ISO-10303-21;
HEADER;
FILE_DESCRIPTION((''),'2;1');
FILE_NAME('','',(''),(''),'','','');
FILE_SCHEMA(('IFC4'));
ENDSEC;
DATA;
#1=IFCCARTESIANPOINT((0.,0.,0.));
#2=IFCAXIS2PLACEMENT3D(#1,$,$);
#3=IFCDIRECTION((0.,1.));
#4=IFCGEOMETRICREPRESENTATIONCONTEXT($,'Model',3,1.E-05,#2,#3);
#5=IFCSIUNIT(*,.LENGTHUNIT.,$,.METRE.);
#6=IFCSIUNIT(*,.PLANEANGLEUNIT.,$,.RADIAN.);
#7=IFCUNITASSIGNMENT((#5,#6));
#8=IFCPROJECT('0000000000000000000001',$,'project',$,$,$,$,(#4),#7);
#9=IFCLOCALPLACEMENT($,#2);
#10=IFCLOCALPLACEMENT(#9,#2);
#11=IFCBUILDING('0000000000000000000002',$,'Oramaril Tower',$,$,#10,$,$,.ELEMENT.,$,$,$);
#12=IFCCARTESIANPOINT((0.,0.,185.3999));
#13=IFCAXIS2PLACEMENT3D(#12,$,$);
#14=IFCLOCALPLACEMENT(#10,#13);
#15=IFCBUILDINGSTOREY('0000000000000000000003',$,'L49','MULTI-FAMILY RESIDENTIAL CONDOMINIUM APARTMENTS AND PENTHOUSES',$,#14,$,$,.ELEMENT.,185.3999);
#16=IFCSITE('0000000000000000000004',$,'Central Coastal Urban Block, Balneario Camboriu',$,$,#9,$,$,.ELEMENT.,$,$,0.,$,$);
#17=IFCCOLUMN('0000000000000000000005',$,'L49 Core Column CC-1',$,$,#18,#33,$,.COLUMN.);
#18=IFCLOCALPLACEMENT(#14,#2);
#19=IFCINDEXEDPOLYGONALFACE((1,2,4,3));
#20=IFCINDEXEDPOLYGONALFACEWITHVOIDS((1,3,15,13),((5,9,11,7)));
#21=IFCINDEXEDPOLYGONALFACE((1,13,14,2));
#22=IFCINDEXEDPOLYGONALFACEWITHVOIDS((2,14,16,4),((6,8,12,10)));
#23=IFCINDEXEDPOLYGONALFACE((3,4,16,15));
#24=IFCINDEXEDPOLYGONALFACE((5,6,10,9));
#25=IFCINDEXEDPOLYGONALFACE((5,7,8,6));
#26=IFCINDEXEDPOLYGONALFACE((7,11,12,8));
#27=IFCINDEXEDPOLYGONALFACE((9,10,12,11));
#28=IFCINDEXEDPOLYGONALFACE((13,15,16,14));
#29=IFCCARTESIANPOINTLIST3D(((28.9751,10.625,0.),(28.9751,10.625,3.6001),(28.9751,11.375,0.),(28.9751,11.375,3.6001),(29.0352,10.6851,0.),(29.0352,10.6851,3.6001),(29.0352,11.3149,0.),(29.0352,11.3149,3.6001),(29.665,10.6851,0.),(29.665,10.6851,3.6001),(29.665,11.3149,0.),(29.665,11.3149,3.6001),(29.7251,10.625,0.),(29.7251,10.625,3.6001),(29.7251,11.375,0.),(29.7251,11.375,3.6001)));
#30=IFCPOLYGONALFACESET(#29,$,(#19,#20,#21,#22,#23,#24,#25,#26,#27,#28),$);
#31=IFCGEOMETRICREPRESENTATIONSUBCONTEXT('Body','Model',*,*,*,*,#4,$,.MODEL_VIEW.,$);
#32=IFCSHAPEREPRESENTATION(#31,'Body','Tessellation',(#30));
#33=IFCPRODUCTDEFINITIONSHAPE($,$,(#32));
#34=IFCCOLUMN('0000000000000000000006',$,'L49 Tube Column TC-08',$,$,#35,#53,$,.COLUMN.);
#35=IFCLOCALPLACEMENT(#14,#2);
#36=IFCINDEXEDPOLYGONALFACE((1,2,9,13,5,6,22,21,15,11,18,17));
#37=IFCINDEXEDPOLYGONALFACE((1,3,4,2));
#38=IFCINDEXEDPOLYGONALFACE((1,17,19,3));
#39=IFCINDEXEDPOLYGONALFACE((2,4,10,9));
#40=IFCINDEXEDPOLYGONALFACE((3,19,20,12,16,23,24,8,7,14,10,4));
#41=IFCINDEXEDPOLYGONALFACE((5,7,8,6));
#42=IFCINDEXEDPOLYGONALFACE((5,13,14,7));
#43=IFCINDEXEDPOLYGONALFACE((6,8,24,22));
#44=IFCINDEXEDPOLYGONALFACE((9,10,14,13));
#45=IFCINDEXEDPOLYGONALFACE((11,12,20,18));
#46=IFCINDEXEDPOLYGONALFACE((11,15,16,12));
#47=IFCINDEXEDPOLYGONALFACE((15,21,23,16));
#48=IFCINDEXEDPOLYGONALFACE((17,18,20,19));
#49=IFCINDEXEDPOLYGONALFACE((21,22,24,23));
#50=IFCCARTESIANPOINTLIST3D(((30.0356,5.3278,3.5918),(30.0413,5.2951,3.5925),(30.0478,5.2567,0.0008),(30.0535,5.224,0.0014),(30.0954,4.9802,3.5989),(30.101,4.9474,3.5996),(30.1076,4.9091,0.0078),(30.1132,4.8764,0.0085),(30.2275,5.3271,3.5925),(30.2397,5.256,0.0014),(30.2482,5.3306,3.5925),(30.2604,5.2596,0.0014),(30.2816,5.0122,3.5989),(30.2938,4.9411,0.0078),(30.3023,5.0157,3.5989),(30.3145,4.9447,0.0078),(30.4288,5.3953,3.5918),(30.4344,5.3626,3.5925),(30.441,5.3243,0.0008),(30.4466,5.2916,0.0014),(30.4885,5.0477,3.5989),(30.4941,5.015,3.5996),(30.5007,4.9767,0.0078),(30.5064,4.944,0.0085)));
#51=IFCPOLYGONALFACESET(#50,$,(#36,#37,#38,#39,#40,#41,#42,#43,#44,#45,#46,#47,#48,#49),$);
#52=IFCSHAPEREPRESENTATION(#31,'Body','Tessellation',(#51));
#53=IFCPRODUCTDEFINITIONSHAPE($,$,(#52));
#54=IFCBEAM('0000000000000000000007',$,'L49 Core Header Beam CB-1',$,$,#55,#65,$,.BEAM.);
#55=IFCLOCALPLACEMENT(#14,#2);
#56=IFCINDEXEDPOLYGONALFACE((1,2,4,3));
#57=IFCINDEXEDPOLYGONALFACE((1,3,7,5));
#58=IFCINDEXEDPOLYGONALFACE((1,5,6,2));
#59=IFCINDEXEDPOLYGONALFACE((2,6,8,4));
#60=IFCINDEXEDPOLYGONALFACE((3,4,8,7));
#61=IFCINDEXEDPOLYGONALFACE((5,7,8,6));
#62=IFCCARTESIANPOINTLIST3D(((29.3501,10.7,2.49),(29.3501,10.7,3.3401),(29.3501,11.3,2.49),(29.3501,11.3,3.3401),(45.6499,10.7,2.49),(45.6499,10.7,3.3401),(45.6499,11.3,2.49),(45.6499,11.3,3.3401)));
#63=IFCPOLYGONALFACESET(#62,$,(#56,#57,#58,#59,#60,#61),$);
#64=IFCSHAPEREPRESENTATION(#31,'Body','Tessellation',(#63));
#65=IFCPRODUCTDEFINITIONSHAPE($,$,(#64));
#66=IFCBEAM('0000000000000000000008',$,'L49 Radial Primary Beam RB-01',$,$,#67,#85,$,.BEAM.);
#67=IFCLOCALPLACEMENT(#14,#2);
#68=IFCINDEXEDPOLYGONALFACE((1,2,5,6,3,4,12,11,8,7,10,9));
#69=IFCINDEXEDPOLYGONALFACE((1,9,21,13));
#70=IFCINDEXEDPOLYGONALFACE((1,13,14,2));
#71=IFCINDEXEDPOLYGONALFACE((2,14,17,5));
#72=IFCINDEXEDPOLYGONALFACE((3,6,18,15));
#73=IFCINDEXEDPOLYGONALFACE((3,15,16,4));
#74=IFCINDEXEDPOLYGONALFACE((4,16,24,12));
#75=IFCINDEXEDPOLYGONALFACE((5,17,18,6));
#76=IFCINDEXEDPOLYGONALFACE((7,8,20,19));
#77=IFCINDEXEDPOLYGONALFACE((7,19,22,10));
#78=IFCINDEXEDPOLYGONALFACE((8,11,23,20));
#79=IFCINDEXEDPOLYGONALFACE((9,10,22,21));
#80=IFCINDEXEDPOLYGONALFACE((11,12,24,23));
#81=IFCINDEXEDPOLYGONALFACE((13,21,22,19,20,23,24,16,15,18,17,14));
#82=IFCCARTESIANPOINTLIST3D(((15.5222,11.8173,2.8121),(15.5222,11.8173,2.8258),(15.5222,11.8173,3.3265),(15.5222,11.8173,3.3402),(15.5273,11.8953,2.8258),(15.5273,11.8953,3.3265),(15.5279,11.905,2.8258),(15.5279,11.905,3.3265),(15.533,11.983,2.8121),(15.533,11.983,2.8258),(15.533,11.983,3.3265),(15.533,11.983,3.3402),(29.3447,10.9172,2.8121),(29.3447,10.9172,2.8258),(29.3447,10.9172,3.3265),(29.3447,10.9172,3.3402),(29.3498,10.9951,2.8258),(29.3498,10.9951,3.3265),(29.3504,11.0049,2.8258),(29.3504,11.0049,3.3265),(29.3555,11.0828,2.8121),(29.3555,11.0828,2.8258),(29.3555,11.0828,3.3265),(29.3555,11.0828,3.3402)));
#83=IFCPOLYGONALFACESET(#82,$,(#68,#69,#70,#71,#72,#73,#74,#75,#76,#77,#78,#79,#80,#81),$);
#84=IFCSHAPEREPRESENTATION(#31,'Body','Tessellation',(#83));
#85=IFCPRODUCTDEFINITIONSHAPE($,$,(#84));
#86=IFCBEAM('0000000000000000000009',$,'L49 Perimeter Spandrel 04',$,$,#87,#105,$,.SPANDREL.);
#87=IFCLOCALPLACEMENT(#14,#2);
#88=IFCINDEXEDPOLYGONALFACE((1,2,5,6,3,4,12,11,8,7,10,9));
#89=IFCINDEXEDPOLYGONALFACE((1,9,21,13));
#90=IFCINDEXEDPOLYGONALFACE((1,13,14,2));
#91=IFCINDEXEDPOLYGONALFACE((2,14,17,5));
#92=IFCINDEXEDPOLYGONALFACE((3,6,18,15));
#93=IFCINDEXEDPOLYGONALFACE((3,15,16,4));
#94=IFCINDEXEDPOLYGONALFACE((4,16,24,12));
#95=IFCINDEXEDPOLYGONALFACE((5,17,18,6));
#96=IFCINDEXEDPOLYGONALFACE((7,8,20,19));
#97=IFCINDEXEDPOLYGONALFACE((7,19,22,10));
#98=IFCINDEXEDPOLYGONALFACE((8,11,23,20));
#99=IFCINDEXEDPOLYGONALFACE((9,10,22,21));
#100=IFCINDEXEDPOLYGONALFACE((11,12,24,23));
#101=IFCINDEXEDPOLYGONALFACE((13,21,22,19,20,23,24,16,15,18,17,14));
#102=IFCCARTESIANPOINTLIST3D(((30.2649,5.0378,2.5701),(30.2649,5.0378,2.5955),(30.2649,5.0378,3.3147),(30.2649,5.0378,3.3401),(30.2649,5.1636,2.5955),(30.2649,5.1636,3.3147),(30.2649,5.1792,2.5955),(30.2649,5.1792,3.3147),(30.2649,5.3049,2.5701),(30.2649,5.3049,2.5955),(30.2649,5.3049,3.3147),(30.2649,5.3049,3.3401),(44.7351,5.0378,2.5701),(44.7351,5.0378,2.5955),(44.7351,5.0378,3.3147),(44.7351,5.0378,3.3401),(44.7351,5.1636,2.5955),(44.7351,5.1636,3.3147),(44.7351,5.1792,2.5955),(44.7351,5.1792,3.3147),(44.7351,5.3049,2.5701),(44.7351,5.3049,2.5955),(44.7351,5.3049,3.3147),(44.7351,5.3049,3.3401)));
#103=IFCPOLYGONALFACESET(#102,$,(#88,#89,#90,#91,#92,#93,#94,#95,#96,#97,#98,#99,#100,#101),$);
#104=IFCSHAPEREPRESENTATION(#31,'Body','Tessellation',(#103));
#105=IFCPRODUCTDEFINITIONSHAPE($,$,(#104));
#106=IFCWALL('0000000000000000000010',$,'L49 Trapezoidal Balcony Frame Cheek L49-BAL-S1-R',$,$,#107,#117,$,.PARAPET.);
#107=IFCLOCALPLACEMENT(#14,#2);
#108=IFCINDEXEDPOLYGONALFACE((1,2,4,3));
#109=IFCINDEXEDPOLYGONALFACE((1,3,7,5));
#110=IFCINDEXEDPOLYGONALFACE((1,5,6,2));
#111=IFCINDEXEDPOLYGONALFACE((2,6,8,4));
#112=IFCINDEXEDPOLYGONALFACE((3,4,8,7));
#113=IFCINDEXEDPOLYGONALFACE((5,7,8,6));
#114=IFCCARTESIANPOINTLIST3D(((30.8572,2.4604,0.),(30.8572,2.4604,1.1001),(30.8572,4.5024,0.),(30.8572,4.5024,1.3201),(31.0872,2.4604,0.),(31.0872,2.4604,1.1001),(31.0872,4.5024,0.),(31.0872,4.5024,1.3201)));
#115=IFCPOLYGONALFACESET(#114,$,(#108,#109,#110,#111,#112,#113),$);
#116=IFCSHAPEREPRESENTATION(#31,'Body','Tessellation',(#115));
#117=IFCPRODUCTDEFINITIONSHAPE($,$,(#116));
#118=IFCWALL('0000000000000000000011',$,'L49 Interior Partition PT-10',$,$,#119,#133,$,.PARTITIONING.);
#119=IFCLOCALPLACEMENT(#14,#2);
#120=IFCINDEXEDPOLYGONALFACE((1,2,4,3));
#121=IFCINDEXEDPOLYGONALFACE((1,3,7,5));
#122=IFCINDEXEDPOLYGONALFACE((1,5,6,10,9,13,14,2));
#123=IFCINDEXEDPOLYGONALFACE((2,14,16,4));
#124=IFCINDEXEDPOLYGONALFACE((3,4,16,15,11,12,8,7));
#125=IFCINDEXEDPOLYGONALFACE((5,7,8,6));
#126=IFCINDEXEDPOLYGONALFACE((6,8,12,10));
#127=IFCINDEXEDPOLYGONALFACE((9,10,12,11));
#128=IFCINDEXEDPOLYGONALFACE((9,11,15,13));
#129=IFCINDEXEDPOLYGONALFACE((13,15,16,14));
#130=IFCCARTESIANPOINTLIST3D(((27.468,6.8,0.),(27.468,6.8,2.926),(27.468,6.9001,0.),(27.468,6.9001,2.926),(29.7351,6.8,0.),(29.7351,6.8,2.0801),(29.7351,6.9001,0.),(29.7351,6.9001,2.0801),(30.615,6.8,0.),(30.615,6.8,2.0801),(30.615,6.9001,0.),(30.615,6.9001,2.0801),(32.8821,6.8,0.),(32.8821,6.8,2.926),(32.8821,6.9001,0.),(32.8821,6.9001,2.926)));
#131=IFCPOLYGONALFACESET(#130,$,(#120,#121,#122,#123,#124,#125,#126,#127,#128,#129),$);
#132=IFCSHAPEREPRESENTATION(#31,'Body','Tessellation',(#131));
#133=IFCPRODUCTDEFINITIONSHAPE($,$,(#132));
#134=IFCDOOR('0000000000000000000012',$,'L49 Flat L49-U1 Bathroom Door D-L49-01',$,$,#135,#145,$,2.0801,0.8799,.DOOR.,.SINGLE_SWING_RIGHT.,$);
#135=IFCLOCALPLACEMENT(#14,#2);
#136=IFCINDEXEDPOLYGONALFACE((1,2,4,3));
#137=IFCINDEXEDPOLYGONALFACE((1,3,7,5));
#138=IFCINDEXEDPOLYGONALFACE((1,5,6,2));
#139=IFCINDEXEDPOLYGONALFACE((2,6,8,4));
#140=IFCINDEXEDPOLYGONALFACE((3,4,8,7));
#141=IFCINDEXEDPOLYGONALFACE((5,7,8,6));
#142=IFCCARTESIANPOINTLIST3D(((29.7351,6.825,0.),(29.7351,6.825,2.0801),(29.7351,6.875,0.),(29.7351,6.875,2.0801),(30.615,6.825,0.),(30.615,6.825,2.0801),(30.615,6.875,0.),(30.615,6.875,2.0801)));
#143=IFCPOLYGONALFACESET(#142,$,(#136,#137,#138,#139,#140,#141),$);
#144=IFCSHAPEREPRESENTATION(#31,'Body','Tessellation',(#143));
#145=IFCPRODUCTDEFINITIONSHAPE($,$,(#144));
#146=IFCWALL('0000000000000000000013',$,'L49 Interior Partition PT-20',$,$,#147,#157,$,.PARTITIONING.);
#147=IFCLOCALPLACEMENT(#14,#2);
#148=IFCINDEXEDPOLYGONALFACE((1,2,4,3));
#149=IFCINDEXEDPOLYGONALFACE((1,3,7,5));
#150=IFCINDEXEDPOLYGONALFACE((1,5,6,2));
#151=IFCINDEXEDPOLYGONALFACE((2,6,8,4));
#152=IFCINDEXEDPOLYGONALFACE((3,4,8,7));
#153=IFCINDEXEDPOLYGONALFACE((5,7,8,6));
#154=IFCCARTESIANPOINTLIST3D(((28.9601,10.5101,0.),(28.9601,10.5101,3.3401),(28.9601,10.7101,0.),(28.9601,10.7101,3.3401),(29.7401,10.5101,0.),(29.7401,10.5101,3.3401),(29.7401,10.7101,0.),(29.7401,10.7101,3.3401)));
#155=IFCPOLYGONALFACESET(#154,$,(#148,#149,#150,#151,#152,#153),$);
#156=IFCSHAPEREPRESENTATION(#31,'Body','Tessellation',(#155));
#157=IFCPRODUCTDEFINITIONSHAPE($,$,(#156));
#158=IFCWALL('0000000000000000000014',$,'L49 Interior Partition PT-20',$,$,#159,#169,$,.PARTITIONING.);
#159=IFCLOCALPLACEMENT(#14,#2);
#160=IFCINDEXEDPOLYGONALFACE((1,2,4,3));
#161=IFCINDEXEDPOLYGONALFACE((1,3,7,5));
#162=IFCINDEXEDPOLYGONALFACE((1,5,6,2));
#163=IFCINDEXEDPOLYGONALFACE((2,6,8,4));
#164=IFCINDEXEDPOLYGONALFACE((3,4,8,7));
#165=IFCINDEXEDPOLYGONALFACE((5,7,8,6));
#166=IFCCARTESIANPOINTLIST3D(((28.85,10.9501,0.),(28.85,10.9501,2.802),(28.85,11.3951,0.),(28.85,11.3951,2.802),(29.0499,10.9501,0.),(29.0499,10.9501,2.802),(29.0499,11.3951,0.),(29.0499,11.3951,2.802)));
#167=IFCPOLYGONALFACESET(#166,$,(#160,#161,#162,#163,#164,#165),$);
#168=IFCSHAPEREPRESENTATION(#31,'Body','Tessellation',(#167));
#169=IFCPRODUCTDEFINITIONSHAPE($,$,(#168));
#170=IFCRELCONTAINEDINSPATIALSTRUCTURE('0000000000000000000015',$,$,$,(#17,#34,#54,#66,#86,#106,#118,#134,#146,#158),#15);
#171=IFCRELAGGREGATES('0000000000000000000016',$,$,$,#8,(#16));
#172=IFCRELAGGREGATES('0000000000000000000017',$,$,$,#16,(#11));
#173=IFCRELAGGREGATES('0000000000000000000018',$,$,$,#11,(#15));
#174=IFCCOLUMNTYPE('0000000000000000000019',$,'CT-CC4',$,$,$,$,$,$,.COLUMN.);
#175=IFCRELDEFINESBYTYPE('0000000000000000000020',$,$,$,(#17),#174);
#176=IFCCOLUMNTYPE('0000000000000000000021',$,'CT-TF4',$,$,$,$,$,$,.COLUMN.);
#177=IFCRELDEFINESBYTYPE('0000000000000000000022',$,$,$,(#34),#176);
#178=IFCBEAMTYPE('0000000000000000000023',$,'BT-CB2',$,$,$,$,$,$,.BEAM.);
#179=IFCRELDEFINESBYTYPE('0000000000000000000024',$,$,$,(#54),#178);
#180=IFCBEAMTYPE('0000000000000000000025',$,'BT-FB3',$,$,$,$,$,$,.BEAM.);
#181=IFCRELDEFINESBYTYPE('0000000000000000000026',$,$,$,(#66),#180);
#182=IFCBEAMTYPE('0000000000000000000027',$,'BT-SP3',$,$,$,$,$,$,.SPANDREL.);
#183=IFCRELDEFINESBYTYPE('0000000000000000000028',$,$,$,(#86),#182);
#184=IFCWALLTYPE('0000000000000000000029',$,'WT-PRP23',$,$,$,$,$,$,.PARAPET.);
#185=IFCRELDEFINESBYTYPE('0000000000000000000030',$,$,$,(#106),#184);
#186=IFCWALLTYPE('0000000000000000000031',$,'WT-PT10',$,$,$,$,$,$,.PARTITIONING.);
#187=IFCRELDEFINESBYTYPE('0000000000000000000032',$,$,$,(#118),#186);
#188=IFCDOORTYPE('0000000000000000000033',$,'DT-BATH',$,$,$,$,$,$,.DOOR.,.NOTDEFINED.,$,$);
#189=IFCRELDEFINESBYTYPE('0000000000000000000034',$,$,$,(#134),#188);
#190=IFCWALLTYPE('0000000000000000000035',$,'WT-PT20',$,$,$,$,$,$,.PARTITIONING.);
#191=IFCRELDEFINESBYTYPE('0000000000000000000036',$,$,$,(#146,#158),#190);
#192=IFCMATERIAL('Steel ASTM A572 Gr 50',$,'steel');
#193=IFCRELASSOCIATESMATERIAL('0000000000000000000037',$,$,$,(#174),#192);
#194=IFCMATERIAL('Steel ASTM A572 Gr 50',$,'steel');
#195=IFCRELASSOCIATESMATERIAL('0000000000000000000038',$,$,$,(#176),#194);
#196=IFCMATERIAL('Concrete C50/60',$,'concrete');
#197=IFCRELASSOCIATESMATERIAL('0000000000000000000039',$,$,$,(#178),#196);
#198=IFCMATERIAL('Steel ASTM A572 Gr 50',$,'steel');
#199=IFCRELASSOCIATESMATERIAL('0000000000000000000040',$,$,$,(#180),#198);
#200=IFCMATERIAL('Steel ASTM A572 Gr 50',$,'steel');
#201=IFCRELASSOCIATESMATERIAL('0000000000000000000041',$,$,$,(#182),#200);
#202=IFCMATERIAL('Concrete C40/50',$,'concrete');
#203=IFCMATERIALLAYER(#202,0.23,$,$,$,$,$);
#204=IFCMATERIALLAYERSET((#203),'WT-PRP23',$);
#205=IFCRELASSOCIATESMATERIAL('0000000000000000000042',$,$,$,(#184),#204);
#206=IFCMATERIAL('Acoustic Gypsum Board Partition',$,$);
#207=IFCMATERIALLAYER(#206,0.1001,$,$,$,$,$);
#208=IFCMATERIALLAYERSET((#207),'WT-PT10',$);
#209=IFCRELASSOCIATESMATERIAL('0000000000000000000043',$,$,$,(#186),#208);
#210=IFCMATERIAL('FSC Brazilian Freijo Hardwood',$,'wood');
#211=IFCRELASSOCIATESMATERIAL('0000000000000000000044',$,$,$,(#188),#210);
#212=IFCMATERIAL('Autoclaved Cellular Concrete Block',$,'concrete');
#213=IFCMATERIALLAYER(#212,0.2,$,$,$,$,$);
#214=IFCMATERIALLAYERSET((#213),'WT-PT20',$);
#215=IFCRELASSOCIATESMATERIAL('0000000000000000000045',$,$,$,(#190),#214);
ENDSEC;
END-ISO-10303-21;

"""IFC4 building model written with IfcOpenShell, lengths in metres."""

from ifc_helpers import new_model, si_unit, direction, frame, frame_2d, origin, origin_2d, place, context, subcontext, project, spatial, polyline, rectangle, hollow_rectangle, i_section, outline, extrude, material, layer, layer_set, material_profile, profile_set, type_object, element, fill, save


model = new_model("IFC4")

# Units and contexts
model_context = context("Model", 3, precision=1e-05, world=origin(), true_north=direction((0.0, 1.0)))
body_context = subcontext(model_context, "Body", "Model", "MODEL_VIEW")
ifc_project = project(units=[si_unit("LENGTHUNIT", "METRE"), si_unit("PLANEANGLEUNIT", "RADIAN")], contexts=[model_context])

# Site, building, storey
site_placement = place(None, origin())
site = spatial("IfcSite", under=ifc_project, at=site_placement, Name="Central Coastal Urban Block, Balneario Camboriu", CompositionType="ELEMENT", RefElevation=0.0)
building_placement = place(site_placement, origin())
building = spatial("IfcBuilding", under=site, at=building_placement, Name="Oramaril Tower", CompositionType="ELEMENT")
storey_placement = place(building_placement, frame((0.0, 0.0, 185.3999)))
storey = spatial("IfcBuildingStorey", under=building, at=storey_placement, Name="L49", Description="MULTI-FAMILY RESIDENTIAL CONDOMINIUM APARTMENTS AND PENTHOUSES", CompositionType="ELEMENT", Elevation=185.3999)

# Columns
ifc_material_1 = material(Name="Steel ASTM A572 Gr 50", Category="steel")
ifc_material_profile_1 = material_profile(ifc_material_1, hollow_rectangle(XDim=0.75, YDim=0.75, WallThickness=0.0601, at=origin_2d()), Name="BOX750X750X60")
ifc_profile_set_1 = profile_set([ifc_material_profile_1], Name="Steel ASTM A572 Gr 50")
column_type_1 = type_object("IfcColumnType", Name="CT-CC4", PredefinedType="COLUMN", material=ifc_profile_set_1)
column_1_placement = place(storey_placement, frame((29.3501, 11.0, 0.0), z_axis=(0.0, 0.0, 1.0), x_axis=(1.0, 0.0, 0.0)))
element("IfcColumn", 1, at=column_1_placement, inside=storey, type_object=column_type_1, Name="L49 Core Column CC-1", PredefinedType="COLUMN", context=body_context, shape_type="SweptSolid", body=[
    extrude(hollow_rectangle(XDim=0.75, YDim=0.75, WallThickness=0.0601, at=origin_2d()), origin(), (0.0, 0.0, 1.0), 3.6001),
])
ifc_material_2 = material(Name="Steel ASTM A572 Gr 50", Category="steel")
ifc_material_profile_2 = material_profile(ifc_material_2, i_section(OverallWidth=0.3989, OverallDepth=0.386, WebThickness=0.021, FlangeThickness=0.0332, at=origin_2d()), Name="W14X176")
ifc_profile_set_2 = profile_set([ifc_material_profile_2], Name="Steel ASTM A572 Gr 50")
column_type_2 = type_object("IfcColumnType", Name="CT-TF4", PredefinedType="COLUMN", material=ifc_profile_set_2)
column_2_placement = place(storey_placement, frame((30.2771, 5.1003, 0.0046), z_axis=(-0.003399, 0.01978, 0.999799), x_axis=(-0.985558, -0.16934, 0.0)))
element("IfcColumn", 2, at=column_2_placement, inside=storey, type_object=column_type_2, Name="L49 Tube Column TC-08", PredefinedType="COLUMN", context=body_context, shape_type="SweptSolid", body=[
    extrude(i_section(OverallWidth=0.3989, OverallDepth=0.386, WebThickness=0.021, FlangeThickness=0.0332, at=origin_2d()), origin(), (0.0, 0.0, 1.0), 3.5918),
])

# Beams
ifc_material_3 = material(Name="Concrete C50/60", Category="concrete")
ifc_material_profile_3 = material_profile(ifc_material_3, rectangle(XDim=0.6001, YDim=0.8501, at=origin_2d()), Name="CB600X850")
ifc_profile_set_3 = profile_set([ifc_material_profile_3], Name="Concrete C50/60")
beam_type_1 = type_object("IfcBeamType", Name="BT-CB2", PredefinedType="BEAM", material=ifc_profile_set_3)
beam_1_placement = place(storey_placement, frame((29.3501, 11.0, 2.915), z_axis=(1.0, 0.0, 0.0), x_axis=(0.0, 1.0, 0.0)))
element("IfcBeam", 3, at=beam_1_placement, inside=storey, type_object=beam_type_1, Name="L49 Core Header Beam CB-1", PredefinedType="BEAM", context=body_context, shape_type="SweptSolid", body=[
    extrude(rectangle(XDim=0.6001, YDim=0.8501, at=origin_2d()), origin(), (0.0, 0.0, 1.0), 16.2998),
])
ifc_material_4 = material(Name="Steel ASTM A572 Gr 50", Category="steel")
ifc_material_profile_4 = material_profile(ifc_material_4, i_section(OverallWidth=0.166, OverallDepth=0.5281, WebThickness=0.0098, FlangeThickness=0.0137, at=origin_2d()), Name="W21X50")
ifc_profile_set_4 = profile_set([ifc_material_profile_4], Name="Steel ASTM A572 Gr 50")
beam_type_2 = type_object("IfcBeamType", Name="BT-FB3", PredefinedType="BEAM", material=ifc_profile_set_4)
beam_2_placement = place(storey_placement, frame((29.3501, 11.0, 3.0762), z_axis=(-0.997886, 0.064984, 0.0), x_axis=(-0.064984, -0.997886, 0.0)))
element("IfcBeam", 4, at=beam_2_placement, inside=storey, type_object=beam_type_2, Name="L49 Radial Primary Beam RB-01", PredefinedType="BEAM", context=body_context, shape_type="SweptSolid", body=[
    extrude(i_section(OverallWidth=0.166, OverallDepth=0.5281, WebThickness=0.0098, FlangeThickness=0.0137, at=origin_2d()), origin(), (0.0, 0.0, 1.0), 13.8518),
])
ifc_material_5 = material(Name="Steel ASTM A572 Gr 50", Category="steel")
ifc_material_profile_5 = material_profile(ifc_material_5, i_section(OverallWidth=0.2671, OverallDepth=0.77, WebThickness=0.0156, FlangeThickness=0.0254, at=origin_2d()), Name="W30X132")
ifc_profile_set_5 = profile_set([ifc_material_profile_5], Name="Steel ASTM A572 Gr 50")
beam_type_3 = type_object("IfcBeamType", Name="BT-SP3", PredefinedType="SPANDREL", material=ifc_profile_set_5)
beam_3_placement = place(storey_placement, frame((30.2649, 5.1714, 2.9551), z_axis=(1.0, 0.0, 0.0), x_axis=(0.0, 1.0, 0.0)))
element("IfcBeam", 5, at=beam_3_placement, inside=storey, type_object=beam_type_3, Name="L49 Perimeter Spandrel 04", PredefinedType="SPANDREL", context=body_context, shape_type="SweptSolid", body=[
    extrude(i_section(OverallWidth=0.2671, OverallDepth=0.77, WebThickness=0.0156, FlangeThickness=0.0254, at=origin_2d()), origin(), (0.0, 0.0, 1.0), 14.4702),
])

# Wall
ifc_material_6 = material(Name="Concrete C40/50", Category="concrete")
ifc_layer_1 = layer(ifc_material_6, 0.23)
ifc_layer_set_1 = layer_set([ifc_layer_1], Name="WT-PRP23")
wall_type_1 = type_object("IfcWallType", Name="WT-PRP23", PredefinedType="PARAPET", material=ifc_layer_set_1)
wall_1_placement = place(storey_placement, frame((30.9722, 4.5024, 0.0), z_axis=(0.0, 0.0, 1.0), x_axis=(0.0, -1.0, 0.0)))
element("IfcWall", 6, at=wall_1_placement, inside=storey, type_object=wall_type_1, Name="L49 Trapezoidal Balcony Frame Cheek L49-BAL-S1-R", PredefinedType="PARAPET", context=body_context, shape_type="SweptSolid", body=[
    extrude(outline(polyline([(0.0, 0.0), (2.042, 0.0), (2.042, 1.1001), (0.0, 1.3201), (0.0, 0.0)])), frame((0.0, 0.115, 0.0), z_axis=(0.0, -1.0, 0.0), x_axis=(1.0, 0.0, 0.0)), (0.0, 0.0, 1.0), 0.23),
])

# Wall, opening, door
ifc_material_7 = material(Name="Acoustic Gypsum Board Partition")
ifc_layer_2 = layer(ifc_material_7, 0.1001)
ifc_layer_set_2 = layer_set([ifc_layer_2], Name="WT-PT10")
wall_type_2 = type_object("IfcWallType", Name="WT-PT10", PredefinedType="PARTITIONING", material=ifc_layer_set_2)
wall_2_placement = place(storey_placement, frame((27.468, 6.8501, 0.0), z_axis=(0.0, 0.0, 1.0), x_axis=(1.0, 0.0, 0.0)))
wall_2 = element("IfcWall", 7, at=wall_2_placement, inside=storey, type_object=wall_type_2, Name="L49 Interior Partition PT-10", PredefinedType="PARTITIONING", context=body_context, shape_type="SweptSolid", body=[
    extrude(rectangle(XDim=5.4141, YDim=0.1001, at=frame_2d((2.707, 0.0))), origin(), (0.0, 0.0, 1.0), 2.926),
])
opening_1_placement = place(wall_2_placement, frame((2.2671, 0.0, 0.0)))
opening_1 = element("IfcOpeningElement", 8, at=opening_1_placement, cuts=wall_2, PredefinedType="OPENING", context=body_context, shape_type="SweptSolid", body=[
    extrude(rectangle(XDim=0.8799, YDim=2.0801, at=frame_2d((0.4399, 1.04))), frame((0.0, 0.05, 0.0), z_axis=(0.0, -1.0, 0.0), x_axis=(1.0, 0.0, 0.0)), (0.0, 0.0, 1.0), 0.1001),
])
ifc_material_8 = material(Name="FSC Brazilian Freijo Hardwood", Category="wood")
door_type_1 = type_object("IfcDoorType", Name="DT-BATH", OperationType="NOTDEFINED", PredefinedType="DOOR", material=ifc_material_8)
door_1_placement = place(opening_1_placement, origin())
door_1 = element("IfcDoor", 9, at=door_1_placement, inside=storey, type_object=door_type_1, Name="L49 Flat L49-U1 Bathroom Door D-L49-01", OperationType="SINGLE_SWING_RIGHT", OverallHeight=2.0801, OverallWidth=0.8799, PredefinedType="DOOR", context=body_context, shape_type="SweptSolid", body=[
    extrude(rectangle(XDim=0.8799, YDim=2.0801, at=frame_2d((0.4399, 1.04))), frame((0.0, 0.0249, 0.0), z_axis=(0.0, -1.0, 0.0), x_axis=(1.0, 0.0, 0.0)), (0.0, 0.0, 1.0), 0.05),
])
fill(opening_1, door_1)

# Shared definitions
ifc_material_9 = material(Name="Autoclaved Cellular Concrete Block", Category="concrete")
ifc_layer_3 = layer(ifc_material_9, 0.2)
ifc_layer_set_3 = layer_set([ifc_layer_3], Name="WT-PT20")
wall_type_3 = type_object("IfcWallType", Name="WT-PT20", PredefinedType="PARTITIONING", material=ifc_layer_set_3)

# Wall
wall_3_placement = place(storey_placement, frame((28.96, 10.6101, 0.0), z_axis=(0.0, 0.0, 1.0), x_axis=(1.0, 0.0, 0.0)))
element("IfcWall", 10, at=wall_3_placement, inside=storey, type_object=wall_type_3, Name="L49 Interior Partition PT-20", PredefinedType="PARTITIONING", context=body_context, shape_type="SweptSolid", body=[
    extrude(rectangle(XDim=0.78, YDim=0.2, at=frame_2d((0.3901, 0.0))), origin(), (0.0, 0.0, 1.0), 3.3401),
])

# Wall
wall_4_placement = place(storey_placement, frame((28.95, 10.95, 0.0), z_axis=(0.0, 0.0, 1.0), x_axis=(0.0, 1.0, 0.0)))
element("IfcWall", 11, at=wall_4_placement, inside=storey, type_object=wall_type_3, Name="L49 Interior Partition PT-20", PredefinedType="PARTITIONING", context=body_context, shape_type="SweptSolid", body=[
    extrude(rectangle(XDim=0.4451, YDim=0.2, at=frame_2d((0.2227, 0.0))), origin(), (0.0, 0.0, 1.0), 2.802),
])

save(model, "model.ifc")
